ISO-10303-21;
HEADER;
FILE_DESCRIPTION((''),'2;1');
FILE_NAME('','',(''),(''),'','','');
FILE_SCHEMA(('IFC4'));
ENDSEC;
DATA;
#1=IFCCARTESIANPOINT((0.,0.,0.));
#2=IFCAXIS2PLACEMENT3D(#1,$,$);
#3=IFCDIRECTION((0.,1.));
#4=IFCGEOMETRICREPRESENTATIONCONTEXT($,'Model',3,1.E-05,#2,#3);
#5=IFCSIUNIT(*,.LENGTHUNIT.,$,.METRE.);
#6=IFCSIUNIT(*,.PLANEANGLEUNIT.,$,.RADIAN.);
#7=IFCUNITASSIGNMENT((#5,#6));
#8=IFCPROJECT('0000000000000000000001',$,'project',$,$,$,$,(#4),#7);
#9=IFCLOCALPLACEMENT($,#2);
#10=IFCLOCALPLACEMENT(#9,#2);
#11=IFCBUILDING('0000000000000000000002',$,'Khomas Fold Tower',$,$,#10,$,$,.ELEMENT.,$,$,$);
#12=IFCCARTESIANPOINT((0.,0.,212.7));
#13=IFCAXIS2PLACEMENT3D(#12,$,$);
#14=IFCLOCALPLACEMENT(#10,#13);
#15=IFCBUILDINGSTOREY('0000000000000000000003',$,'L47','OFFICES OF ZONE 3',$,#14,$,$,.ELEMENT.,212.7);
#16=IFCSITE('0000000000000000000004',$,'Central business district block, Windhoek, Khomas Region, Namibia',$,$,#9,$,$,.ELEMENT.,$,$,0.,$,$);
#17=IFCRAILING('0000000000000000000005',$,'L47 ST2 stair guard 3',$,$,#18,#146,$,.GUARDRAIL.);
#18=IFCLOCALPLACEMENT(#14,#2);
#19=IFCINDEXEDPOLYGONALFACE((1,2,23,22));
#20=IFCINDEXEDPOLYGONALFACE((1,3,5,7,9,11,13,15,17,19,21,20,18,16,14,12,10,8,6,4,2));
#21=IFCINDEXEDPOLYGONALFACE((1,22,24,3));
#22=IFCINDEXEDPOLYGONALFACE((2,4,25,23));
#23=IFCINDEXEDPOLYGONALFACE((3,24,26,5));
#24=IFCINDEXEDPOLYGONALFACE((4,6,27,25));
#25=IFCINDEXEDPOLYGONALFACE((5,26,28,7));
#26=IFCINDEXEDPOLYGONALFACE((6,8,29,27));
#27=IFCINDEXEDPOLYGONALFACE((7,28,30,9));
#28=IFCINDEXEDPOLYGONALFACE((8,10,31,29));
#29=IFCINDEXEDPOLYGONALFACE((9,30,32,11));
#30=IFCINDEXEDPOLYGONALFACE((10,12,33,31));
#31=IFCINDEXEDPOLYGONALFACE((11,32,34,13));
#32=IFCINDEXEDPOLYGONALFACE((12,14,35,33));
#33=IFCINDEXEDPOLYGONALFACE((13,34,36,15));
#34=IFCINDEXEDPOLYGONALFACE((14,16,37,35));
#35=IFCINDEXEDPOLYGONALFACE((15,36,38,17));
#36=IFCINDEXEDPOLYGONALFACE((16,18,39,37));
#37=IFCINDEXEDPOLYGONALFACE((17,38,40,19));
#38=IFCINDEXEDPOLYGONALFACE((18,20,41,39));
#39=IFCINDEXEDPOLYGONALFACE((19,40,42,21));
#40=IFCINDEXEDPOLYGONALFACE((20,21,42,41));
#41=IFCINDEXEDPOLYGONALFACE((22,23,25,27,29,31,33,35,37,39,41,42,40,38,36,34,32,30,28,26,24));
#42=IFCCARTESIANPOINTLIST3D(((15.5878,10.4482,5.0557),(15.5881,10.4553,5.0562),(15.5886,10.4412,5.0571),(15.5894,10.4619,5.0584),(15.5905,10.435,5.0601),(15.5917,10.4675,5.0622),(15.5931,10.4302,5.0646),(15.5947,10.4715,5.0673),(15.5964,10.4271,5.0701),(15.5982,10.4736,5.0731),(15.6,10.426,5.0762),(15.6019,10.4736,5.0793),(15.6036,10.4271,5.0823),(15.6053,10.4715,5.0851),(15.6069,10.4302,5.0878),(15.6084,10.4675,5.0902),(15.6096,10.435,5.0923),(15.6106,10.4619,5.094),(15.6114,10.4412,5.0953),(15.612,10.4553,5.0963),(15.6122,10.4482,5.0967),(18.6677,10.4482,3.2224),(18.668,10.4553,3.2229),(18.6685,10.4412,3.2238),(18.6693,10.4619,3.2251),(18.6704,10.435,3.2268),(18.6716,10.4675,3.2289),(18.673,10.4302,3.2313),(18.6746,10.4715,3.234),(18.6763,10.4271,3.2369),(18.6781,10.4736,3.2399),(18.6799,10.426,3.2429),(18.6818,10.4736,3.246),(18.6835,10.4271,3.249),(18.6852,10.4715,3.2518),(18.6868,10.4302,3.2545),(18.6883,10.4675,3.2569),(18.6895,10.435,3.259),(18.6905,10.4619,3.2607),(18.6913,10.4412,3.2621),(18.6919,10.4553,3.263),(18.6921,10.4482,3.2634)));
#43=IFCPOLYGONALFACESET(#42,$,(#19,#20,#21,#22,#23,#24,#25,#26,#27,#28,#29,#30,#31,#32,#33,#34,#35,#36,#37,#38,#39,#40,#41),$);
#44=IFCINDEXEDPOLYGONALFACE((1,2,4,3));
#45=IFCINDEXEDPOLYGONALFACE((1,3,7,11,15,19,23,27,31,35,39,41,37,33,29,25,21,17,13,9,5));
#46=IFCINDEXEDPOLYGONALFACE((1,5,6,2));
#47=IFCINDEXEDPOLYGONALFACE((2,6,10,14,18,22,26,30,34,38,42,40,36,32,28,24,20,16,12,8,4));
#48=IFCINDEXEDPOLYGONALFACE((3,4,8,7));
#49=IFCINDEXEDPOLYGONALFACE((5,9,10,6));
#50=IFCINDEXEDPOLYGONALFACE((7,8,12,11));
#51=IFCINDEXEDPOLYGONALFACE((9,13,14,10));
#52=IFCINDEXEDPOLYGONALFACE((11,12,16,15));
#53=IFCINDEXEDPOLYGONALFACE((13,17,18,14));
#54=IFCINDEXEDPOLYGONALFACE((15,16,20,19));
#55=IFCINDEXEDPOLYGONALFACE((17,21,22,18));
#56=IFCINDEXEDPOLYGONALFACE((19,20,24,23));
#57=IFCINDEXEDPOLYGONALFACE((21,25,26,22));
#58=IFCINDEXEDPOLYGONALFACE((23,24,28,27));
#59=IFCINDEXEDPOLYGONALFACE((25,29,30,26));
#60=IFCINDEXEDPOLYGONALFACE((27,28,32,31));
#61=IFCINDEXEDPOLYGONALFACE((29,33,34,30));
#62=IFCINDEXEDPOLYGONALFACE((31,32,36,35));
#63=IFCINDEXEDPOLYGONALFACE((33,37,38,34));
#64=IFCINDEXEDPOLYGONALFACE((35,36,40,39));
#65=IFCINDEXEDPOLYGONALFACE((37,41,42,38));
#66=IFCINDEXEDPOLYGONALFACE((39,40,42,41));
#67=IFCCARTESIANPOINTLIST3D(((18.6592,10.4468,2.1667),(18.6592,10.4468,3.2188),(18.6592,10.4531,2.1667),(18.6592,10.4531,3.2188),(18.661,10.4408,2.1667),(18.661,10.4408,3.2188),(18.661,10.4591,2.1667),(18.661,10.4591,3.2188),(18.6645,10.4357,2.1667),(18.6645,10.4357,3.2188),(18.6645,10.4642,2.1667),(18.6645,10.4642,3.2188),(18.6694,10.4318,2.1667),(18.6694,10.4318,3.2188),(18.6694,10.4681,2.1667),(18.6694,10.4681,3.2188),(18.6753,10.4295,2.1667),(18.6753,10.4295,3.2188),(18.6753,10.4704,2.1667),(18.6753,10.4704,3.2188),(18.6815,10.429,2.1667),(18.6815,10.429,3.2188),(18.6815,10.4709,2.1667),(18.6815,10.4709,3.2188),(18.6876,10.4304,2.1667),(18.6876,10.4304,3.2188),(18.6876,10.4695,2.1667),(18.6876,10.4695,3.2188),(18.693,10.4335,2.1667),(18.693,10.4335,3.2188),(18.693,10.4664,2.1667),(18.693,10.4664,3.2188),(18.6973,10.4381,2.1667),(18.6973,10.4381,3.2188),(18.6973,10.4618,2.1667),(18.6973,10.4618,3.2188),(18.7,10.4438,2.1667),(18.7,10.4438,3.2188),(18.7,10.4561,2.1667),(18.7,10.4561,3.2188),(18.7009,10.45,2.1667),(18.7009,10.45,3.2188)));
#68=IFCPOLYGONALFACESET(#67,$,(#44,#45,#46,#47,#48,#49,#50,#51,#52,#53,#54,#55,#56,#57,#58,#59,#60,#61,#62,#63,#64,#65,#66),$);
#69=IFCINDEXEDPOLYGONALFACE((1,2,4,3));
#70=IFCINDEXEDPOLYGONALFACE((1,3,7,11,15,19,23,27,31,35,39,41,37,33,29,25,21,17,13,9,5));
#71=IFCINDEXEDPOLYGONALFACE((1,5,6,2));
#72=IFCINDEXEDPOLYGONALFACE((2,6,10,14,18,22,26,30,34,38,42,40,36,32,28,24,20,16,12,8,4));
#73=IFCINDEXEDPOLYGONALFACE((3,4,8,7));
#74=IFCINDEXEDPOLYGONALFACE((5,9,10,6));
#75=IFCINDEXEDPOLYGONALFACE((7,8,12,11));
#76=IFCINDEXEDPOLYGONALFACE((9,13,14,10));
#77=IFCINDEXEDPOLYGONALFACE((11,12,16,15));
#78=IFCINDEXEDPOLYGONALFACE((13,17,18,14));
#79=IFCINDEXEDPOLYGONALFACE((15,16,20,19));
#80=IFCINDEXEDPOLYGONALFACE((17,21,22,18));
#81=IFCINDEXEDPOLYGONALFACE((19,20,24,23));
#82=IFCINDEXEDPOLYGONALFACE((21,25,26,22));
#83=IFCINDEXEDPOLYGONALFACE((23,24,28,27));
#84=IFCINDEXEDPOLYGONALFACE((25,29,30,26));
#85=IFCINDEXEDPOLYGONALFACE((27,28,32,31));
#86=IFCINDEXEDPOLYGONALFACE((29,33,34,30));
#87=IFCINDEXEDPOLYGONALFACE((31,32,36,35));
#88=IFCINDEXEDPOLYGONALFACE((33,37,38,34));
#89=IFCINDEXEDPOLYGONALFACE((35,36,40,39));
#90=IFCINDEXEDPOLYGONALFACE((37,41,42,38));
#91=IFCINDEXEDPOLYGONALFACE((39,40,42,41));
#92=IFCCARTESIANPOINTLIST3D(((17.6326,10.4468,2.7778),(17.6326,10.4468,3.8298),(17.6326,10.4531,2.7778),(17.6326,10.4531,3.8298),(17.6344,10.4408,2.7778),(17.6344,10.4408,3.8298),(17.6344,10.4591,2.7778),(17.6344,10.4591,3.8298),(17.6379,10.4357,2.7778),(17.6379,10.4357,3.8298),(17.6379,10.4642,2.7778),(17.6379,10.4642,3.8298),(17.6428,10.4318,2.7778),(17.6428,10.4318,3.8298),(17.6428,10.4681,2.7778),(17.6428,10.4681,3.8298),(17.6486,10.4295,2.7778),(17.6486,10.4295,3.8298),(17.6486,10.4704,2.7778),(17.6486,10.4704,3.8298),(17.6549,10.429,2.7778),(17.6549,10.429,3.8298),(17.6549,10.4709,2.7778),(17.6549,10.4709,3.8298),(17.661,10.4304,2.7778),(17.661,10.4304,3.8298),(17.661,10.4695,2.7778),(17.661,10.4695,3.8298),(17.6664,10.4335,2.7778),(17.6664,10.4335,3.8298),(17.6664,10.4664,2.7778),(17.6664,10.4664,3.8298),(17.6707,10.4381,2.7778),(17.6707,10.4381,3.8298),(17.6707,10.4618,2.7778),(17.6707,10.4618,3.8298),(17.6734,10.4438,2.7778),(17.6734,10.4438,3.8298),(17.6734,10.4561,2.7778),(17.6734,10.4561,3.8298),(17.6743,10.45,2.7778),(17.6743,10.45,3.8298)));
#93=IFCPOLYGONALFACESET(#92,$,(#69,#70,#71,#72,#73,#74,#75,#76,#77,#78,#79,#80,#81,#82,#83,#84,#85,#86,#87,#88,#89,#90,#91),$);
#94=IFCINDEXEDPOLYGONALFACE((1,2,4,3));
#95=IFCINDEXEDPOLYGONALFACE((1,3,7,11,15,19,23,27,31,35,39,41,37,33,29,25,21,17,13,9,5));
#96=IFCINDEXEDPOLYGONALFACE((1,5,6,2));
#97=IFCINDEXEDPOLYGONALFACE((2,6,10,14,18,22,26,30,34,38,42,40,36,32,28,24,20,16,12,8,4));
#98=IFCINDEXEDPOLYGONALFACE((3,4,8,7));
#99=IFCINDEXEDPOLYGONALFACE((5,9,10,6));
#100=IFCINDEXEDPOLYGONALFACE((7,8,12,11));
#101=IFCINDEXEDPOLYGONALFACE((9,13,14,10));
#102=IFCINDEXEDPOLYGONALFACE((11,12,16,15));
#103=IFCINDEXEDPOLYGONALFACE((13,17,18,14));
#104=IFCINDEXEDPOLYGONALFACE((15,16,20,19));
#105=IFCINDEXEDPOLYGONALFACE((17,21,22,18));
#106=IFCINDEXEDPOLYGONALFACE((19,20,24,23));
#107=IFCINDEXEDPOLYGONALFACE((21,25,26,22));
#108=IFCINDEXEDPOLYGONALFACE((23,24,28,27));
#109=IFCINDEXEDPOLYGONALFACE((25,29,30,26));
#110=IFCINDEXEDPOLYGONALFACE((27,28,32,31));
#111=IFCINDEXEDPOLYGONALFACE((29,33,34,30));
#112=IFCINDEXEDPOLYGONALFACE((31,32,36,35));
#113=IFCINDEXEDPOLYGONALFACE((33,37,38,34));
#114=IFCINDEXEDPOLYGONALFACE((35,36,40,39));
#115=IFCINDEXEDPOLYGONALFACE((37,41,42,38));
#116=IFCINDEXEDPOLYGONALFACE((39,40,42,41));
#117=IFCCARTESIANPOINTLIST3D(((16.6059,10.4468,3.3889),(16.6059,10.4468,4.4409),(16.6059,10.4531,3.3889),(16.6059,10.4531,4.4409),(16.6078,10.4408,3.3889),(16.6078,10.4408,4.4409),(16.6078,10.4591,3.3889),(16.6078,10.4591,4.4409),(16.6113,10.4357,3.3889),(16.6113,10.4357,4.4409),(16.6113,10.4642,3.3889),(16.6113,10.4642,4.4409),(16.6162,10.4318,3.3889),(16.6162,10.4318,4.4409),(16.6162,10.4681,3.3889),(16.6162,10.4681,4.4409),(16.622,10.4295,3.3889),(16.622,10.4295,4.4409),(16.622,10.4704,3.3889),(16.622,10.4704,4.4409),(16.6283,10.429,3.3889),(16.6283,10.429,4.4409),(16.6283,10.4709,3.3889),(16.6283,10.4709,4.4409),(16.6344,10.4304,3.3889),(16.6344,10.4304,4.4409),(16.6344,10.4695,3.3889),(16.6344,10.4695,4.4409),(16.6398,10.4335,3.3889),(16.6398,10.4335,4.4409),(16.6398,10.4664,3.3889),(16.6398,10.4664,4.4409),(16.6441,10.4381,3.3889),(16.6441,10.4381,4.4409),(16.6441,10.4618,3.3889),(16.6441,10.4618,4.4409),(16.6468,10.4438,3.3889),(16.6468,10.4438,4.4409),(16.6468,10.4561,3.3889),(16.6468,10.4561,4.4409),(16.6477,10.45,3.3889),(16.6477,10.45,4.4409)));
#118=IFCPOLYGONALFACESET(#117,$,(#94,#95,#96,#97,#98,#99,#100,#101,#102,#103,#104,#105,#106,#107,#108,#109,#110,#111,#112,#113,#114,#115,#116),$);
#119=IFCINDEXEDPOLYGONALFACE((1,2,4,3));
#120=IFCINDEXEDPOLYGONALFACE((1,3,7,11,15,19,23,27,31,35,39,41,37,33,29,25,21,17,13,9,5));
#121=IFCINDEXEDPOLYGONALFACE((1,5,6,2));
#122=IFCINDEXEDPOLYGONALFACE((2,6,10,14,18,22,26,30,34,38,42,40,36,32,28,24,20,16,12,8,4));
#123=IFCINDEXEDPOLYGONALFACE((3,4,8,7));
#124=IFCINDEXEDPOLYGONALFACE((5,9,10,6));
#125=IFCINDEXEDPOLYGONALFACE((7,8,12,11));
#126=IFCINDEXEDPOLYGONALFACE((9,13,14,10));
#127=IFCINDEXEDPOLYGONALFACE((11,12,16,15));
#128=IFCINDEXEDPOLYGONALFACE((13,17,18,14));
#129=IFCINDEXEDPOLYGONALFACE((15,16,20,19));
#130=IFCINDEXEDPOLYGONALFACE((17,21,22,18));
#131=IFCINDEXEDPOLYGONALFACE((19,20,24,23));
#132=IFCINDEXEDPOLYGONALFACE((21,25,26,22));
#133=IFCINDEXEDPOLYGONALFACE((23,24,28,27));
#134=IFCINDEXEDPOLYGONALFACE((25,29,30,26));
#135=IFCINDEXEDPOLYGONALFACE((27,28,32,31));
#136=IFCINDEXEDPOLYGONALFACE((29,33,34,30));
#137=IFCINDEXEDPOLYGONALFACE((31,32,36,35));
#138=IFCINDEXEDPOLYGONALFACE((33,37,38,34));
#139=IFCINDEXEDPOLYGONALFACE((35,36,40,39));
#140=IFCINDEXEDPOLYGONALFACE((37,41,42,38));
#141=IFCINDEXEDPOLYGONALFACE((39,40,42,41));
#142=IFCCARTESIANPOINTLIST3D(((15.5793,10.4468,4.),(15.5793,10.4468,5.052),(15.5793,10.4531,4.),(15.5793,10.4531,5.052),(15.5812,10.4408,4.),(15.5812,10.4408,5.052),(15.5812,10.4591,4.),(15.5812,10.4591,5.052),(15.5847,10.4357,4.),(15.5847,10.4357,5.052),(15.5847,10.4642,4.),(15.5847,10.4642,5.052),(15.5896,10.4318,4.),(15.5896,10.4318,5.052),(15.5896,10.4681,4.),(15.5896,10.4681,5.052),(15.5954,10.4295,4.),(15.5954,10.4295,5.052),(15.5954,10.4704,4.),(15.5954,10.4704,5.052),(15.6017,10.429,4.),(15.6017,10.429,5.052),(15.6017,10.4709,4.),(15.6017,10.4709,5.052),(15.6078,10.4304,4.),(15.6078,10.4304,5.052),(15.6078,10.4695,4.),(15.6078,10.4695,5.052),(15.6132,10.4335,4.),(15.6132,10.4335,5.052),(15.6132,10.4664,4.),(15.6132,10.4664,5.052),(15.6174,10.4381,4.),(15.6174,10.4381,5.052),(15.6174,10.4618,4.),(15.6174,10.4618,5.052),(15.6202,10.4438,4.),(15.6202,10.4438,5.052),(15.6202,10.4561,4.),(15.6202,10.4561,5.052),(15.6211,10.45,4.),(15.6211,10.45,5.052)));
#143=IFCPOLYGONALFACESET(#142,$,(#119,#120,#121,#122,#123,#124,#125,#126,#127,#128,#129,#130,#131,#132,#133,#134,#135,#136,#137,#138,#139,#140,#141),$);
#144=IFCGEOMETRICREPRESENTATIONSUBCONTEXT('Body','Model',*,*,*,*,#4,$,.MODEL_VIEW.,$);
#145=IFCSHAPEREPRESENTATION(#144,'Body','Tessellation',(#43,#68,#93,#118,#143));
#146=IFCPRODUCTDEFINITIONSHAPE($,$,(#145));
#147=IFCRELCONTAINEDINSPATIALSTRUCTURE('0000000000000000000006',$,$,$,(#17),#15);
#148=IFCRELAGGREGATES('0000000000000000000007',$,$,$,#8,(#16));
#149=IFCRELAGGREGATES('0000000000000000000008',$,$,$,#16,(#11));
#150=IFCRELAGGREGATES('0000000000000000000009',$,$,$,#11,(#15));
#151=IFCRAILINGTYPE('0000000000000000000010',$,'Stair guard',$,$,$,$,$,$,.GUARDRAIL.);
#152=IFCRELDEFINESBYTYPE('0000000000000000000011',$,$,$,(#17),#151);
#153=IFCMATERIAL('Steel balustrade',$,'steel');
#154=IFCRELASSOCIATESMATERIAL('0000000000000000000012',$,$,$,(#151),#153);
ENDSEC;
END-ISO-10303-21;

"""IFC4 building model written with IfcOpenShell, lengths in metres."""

from ifc_helpers import new_model, si_unit, direction, frame, origin, origin_2d, place, context, subcontext, project, spatial, circle, extrude, source, transform, mapped, material, type_object, element, save


model = new_model("IFC4")

# Units and contexts
model_context = context("Model", 3, precision=1e-05, world=origin(), true_north=direction((0.0, 1.0)))
body_context = subcontext(model_context, "Body", "Model", "MODEL_VIEW")
ifc_project = project(units=[si_unit("LENGTHUNIT", "METRE"), si_unit("PLANEANGLEUNIT", "RADIAN")], contexts=[model_context])

# Site, building, storey
site_placement = place(None, origin())
site = spatial("IfcSite", under=ifc_project, at=site_placement, Name="Central business district block, Windhoek, Khomas Region, Namibia", CompositionType="ELEMENT", RefElevation=0.0)
building_placement = place(site_placement, origin())
building = spatial("IfcBuilding", under=site, at=building_placement, Name="Khomas Fold Tower", CompositionType="ELEMENT")
storey_placement = place(building_placement, frame((0.0, 0.0, 212.7)))
storey = spatial("IfcBuildingStorey", under=building, at=storey_placement, Name="L47", Description="OFFICES OF ZONE 3", CompositionType="ELEMENT", Elevation=212.7)

# Railing
ifc_material_1 = material(Name="Steel balustrade", Category="steel")
railing_type_1 = type_object("IfcRailingType", Name="Stair guard", PredefinedType="GUARDRAIL", material=ifc_material_1)
shared_shape_1 = source(origin(), body_context, "Body", "SweptSolid", [
    extrude(circle(Radius=0.0239, at=origin_2d()), frame((0.0, 0.0, 1.0762), z_axis=(-0.859291, 0.0, 0.511487), x_axis=(0.0, -1.0, 0.0)), (0.0, 0.0, 1.0), 3.5842),
    extrude(circle(Radius=0.021, at=origin_2d()), origin(), (0.0, 0.0, 1.0), 1.052),
    extrude(circle(Radius=0.021, at=origin_2d()), frame((-1.0266, 0.0, 0.6111)), (0.0, 0.0, 1.0), 1.052),
    extrude(circle(Radius=0.021, at=origin_2d()), frame((-2.0532, 0.0, 1.2222)), (0.0, 0.0, 1.0), 1.052),
    extrude(circle(Radius=0.021, at=origin_2d()), frame((-3.0798, 0.0, 1.8333)), (0.0, 0.0, 1.0), 1.052),
])
railing_1_placement = place(storey_placement, frame((18.6799, 10.45, 2.1667)))
element("IfcRailing", 1, at=railing_1_placement, inside=storey, type_object=railing_type_1, Name="L47 ST2 stair guard 3", PredefinedType="GUARDRAIL", context=body_context, shape_type="MappedRepresentation", body=[
    mapped(shared_shape_1, transform((0.0, 0.0, 0.0))),
])

save(model, "model.ifc")
